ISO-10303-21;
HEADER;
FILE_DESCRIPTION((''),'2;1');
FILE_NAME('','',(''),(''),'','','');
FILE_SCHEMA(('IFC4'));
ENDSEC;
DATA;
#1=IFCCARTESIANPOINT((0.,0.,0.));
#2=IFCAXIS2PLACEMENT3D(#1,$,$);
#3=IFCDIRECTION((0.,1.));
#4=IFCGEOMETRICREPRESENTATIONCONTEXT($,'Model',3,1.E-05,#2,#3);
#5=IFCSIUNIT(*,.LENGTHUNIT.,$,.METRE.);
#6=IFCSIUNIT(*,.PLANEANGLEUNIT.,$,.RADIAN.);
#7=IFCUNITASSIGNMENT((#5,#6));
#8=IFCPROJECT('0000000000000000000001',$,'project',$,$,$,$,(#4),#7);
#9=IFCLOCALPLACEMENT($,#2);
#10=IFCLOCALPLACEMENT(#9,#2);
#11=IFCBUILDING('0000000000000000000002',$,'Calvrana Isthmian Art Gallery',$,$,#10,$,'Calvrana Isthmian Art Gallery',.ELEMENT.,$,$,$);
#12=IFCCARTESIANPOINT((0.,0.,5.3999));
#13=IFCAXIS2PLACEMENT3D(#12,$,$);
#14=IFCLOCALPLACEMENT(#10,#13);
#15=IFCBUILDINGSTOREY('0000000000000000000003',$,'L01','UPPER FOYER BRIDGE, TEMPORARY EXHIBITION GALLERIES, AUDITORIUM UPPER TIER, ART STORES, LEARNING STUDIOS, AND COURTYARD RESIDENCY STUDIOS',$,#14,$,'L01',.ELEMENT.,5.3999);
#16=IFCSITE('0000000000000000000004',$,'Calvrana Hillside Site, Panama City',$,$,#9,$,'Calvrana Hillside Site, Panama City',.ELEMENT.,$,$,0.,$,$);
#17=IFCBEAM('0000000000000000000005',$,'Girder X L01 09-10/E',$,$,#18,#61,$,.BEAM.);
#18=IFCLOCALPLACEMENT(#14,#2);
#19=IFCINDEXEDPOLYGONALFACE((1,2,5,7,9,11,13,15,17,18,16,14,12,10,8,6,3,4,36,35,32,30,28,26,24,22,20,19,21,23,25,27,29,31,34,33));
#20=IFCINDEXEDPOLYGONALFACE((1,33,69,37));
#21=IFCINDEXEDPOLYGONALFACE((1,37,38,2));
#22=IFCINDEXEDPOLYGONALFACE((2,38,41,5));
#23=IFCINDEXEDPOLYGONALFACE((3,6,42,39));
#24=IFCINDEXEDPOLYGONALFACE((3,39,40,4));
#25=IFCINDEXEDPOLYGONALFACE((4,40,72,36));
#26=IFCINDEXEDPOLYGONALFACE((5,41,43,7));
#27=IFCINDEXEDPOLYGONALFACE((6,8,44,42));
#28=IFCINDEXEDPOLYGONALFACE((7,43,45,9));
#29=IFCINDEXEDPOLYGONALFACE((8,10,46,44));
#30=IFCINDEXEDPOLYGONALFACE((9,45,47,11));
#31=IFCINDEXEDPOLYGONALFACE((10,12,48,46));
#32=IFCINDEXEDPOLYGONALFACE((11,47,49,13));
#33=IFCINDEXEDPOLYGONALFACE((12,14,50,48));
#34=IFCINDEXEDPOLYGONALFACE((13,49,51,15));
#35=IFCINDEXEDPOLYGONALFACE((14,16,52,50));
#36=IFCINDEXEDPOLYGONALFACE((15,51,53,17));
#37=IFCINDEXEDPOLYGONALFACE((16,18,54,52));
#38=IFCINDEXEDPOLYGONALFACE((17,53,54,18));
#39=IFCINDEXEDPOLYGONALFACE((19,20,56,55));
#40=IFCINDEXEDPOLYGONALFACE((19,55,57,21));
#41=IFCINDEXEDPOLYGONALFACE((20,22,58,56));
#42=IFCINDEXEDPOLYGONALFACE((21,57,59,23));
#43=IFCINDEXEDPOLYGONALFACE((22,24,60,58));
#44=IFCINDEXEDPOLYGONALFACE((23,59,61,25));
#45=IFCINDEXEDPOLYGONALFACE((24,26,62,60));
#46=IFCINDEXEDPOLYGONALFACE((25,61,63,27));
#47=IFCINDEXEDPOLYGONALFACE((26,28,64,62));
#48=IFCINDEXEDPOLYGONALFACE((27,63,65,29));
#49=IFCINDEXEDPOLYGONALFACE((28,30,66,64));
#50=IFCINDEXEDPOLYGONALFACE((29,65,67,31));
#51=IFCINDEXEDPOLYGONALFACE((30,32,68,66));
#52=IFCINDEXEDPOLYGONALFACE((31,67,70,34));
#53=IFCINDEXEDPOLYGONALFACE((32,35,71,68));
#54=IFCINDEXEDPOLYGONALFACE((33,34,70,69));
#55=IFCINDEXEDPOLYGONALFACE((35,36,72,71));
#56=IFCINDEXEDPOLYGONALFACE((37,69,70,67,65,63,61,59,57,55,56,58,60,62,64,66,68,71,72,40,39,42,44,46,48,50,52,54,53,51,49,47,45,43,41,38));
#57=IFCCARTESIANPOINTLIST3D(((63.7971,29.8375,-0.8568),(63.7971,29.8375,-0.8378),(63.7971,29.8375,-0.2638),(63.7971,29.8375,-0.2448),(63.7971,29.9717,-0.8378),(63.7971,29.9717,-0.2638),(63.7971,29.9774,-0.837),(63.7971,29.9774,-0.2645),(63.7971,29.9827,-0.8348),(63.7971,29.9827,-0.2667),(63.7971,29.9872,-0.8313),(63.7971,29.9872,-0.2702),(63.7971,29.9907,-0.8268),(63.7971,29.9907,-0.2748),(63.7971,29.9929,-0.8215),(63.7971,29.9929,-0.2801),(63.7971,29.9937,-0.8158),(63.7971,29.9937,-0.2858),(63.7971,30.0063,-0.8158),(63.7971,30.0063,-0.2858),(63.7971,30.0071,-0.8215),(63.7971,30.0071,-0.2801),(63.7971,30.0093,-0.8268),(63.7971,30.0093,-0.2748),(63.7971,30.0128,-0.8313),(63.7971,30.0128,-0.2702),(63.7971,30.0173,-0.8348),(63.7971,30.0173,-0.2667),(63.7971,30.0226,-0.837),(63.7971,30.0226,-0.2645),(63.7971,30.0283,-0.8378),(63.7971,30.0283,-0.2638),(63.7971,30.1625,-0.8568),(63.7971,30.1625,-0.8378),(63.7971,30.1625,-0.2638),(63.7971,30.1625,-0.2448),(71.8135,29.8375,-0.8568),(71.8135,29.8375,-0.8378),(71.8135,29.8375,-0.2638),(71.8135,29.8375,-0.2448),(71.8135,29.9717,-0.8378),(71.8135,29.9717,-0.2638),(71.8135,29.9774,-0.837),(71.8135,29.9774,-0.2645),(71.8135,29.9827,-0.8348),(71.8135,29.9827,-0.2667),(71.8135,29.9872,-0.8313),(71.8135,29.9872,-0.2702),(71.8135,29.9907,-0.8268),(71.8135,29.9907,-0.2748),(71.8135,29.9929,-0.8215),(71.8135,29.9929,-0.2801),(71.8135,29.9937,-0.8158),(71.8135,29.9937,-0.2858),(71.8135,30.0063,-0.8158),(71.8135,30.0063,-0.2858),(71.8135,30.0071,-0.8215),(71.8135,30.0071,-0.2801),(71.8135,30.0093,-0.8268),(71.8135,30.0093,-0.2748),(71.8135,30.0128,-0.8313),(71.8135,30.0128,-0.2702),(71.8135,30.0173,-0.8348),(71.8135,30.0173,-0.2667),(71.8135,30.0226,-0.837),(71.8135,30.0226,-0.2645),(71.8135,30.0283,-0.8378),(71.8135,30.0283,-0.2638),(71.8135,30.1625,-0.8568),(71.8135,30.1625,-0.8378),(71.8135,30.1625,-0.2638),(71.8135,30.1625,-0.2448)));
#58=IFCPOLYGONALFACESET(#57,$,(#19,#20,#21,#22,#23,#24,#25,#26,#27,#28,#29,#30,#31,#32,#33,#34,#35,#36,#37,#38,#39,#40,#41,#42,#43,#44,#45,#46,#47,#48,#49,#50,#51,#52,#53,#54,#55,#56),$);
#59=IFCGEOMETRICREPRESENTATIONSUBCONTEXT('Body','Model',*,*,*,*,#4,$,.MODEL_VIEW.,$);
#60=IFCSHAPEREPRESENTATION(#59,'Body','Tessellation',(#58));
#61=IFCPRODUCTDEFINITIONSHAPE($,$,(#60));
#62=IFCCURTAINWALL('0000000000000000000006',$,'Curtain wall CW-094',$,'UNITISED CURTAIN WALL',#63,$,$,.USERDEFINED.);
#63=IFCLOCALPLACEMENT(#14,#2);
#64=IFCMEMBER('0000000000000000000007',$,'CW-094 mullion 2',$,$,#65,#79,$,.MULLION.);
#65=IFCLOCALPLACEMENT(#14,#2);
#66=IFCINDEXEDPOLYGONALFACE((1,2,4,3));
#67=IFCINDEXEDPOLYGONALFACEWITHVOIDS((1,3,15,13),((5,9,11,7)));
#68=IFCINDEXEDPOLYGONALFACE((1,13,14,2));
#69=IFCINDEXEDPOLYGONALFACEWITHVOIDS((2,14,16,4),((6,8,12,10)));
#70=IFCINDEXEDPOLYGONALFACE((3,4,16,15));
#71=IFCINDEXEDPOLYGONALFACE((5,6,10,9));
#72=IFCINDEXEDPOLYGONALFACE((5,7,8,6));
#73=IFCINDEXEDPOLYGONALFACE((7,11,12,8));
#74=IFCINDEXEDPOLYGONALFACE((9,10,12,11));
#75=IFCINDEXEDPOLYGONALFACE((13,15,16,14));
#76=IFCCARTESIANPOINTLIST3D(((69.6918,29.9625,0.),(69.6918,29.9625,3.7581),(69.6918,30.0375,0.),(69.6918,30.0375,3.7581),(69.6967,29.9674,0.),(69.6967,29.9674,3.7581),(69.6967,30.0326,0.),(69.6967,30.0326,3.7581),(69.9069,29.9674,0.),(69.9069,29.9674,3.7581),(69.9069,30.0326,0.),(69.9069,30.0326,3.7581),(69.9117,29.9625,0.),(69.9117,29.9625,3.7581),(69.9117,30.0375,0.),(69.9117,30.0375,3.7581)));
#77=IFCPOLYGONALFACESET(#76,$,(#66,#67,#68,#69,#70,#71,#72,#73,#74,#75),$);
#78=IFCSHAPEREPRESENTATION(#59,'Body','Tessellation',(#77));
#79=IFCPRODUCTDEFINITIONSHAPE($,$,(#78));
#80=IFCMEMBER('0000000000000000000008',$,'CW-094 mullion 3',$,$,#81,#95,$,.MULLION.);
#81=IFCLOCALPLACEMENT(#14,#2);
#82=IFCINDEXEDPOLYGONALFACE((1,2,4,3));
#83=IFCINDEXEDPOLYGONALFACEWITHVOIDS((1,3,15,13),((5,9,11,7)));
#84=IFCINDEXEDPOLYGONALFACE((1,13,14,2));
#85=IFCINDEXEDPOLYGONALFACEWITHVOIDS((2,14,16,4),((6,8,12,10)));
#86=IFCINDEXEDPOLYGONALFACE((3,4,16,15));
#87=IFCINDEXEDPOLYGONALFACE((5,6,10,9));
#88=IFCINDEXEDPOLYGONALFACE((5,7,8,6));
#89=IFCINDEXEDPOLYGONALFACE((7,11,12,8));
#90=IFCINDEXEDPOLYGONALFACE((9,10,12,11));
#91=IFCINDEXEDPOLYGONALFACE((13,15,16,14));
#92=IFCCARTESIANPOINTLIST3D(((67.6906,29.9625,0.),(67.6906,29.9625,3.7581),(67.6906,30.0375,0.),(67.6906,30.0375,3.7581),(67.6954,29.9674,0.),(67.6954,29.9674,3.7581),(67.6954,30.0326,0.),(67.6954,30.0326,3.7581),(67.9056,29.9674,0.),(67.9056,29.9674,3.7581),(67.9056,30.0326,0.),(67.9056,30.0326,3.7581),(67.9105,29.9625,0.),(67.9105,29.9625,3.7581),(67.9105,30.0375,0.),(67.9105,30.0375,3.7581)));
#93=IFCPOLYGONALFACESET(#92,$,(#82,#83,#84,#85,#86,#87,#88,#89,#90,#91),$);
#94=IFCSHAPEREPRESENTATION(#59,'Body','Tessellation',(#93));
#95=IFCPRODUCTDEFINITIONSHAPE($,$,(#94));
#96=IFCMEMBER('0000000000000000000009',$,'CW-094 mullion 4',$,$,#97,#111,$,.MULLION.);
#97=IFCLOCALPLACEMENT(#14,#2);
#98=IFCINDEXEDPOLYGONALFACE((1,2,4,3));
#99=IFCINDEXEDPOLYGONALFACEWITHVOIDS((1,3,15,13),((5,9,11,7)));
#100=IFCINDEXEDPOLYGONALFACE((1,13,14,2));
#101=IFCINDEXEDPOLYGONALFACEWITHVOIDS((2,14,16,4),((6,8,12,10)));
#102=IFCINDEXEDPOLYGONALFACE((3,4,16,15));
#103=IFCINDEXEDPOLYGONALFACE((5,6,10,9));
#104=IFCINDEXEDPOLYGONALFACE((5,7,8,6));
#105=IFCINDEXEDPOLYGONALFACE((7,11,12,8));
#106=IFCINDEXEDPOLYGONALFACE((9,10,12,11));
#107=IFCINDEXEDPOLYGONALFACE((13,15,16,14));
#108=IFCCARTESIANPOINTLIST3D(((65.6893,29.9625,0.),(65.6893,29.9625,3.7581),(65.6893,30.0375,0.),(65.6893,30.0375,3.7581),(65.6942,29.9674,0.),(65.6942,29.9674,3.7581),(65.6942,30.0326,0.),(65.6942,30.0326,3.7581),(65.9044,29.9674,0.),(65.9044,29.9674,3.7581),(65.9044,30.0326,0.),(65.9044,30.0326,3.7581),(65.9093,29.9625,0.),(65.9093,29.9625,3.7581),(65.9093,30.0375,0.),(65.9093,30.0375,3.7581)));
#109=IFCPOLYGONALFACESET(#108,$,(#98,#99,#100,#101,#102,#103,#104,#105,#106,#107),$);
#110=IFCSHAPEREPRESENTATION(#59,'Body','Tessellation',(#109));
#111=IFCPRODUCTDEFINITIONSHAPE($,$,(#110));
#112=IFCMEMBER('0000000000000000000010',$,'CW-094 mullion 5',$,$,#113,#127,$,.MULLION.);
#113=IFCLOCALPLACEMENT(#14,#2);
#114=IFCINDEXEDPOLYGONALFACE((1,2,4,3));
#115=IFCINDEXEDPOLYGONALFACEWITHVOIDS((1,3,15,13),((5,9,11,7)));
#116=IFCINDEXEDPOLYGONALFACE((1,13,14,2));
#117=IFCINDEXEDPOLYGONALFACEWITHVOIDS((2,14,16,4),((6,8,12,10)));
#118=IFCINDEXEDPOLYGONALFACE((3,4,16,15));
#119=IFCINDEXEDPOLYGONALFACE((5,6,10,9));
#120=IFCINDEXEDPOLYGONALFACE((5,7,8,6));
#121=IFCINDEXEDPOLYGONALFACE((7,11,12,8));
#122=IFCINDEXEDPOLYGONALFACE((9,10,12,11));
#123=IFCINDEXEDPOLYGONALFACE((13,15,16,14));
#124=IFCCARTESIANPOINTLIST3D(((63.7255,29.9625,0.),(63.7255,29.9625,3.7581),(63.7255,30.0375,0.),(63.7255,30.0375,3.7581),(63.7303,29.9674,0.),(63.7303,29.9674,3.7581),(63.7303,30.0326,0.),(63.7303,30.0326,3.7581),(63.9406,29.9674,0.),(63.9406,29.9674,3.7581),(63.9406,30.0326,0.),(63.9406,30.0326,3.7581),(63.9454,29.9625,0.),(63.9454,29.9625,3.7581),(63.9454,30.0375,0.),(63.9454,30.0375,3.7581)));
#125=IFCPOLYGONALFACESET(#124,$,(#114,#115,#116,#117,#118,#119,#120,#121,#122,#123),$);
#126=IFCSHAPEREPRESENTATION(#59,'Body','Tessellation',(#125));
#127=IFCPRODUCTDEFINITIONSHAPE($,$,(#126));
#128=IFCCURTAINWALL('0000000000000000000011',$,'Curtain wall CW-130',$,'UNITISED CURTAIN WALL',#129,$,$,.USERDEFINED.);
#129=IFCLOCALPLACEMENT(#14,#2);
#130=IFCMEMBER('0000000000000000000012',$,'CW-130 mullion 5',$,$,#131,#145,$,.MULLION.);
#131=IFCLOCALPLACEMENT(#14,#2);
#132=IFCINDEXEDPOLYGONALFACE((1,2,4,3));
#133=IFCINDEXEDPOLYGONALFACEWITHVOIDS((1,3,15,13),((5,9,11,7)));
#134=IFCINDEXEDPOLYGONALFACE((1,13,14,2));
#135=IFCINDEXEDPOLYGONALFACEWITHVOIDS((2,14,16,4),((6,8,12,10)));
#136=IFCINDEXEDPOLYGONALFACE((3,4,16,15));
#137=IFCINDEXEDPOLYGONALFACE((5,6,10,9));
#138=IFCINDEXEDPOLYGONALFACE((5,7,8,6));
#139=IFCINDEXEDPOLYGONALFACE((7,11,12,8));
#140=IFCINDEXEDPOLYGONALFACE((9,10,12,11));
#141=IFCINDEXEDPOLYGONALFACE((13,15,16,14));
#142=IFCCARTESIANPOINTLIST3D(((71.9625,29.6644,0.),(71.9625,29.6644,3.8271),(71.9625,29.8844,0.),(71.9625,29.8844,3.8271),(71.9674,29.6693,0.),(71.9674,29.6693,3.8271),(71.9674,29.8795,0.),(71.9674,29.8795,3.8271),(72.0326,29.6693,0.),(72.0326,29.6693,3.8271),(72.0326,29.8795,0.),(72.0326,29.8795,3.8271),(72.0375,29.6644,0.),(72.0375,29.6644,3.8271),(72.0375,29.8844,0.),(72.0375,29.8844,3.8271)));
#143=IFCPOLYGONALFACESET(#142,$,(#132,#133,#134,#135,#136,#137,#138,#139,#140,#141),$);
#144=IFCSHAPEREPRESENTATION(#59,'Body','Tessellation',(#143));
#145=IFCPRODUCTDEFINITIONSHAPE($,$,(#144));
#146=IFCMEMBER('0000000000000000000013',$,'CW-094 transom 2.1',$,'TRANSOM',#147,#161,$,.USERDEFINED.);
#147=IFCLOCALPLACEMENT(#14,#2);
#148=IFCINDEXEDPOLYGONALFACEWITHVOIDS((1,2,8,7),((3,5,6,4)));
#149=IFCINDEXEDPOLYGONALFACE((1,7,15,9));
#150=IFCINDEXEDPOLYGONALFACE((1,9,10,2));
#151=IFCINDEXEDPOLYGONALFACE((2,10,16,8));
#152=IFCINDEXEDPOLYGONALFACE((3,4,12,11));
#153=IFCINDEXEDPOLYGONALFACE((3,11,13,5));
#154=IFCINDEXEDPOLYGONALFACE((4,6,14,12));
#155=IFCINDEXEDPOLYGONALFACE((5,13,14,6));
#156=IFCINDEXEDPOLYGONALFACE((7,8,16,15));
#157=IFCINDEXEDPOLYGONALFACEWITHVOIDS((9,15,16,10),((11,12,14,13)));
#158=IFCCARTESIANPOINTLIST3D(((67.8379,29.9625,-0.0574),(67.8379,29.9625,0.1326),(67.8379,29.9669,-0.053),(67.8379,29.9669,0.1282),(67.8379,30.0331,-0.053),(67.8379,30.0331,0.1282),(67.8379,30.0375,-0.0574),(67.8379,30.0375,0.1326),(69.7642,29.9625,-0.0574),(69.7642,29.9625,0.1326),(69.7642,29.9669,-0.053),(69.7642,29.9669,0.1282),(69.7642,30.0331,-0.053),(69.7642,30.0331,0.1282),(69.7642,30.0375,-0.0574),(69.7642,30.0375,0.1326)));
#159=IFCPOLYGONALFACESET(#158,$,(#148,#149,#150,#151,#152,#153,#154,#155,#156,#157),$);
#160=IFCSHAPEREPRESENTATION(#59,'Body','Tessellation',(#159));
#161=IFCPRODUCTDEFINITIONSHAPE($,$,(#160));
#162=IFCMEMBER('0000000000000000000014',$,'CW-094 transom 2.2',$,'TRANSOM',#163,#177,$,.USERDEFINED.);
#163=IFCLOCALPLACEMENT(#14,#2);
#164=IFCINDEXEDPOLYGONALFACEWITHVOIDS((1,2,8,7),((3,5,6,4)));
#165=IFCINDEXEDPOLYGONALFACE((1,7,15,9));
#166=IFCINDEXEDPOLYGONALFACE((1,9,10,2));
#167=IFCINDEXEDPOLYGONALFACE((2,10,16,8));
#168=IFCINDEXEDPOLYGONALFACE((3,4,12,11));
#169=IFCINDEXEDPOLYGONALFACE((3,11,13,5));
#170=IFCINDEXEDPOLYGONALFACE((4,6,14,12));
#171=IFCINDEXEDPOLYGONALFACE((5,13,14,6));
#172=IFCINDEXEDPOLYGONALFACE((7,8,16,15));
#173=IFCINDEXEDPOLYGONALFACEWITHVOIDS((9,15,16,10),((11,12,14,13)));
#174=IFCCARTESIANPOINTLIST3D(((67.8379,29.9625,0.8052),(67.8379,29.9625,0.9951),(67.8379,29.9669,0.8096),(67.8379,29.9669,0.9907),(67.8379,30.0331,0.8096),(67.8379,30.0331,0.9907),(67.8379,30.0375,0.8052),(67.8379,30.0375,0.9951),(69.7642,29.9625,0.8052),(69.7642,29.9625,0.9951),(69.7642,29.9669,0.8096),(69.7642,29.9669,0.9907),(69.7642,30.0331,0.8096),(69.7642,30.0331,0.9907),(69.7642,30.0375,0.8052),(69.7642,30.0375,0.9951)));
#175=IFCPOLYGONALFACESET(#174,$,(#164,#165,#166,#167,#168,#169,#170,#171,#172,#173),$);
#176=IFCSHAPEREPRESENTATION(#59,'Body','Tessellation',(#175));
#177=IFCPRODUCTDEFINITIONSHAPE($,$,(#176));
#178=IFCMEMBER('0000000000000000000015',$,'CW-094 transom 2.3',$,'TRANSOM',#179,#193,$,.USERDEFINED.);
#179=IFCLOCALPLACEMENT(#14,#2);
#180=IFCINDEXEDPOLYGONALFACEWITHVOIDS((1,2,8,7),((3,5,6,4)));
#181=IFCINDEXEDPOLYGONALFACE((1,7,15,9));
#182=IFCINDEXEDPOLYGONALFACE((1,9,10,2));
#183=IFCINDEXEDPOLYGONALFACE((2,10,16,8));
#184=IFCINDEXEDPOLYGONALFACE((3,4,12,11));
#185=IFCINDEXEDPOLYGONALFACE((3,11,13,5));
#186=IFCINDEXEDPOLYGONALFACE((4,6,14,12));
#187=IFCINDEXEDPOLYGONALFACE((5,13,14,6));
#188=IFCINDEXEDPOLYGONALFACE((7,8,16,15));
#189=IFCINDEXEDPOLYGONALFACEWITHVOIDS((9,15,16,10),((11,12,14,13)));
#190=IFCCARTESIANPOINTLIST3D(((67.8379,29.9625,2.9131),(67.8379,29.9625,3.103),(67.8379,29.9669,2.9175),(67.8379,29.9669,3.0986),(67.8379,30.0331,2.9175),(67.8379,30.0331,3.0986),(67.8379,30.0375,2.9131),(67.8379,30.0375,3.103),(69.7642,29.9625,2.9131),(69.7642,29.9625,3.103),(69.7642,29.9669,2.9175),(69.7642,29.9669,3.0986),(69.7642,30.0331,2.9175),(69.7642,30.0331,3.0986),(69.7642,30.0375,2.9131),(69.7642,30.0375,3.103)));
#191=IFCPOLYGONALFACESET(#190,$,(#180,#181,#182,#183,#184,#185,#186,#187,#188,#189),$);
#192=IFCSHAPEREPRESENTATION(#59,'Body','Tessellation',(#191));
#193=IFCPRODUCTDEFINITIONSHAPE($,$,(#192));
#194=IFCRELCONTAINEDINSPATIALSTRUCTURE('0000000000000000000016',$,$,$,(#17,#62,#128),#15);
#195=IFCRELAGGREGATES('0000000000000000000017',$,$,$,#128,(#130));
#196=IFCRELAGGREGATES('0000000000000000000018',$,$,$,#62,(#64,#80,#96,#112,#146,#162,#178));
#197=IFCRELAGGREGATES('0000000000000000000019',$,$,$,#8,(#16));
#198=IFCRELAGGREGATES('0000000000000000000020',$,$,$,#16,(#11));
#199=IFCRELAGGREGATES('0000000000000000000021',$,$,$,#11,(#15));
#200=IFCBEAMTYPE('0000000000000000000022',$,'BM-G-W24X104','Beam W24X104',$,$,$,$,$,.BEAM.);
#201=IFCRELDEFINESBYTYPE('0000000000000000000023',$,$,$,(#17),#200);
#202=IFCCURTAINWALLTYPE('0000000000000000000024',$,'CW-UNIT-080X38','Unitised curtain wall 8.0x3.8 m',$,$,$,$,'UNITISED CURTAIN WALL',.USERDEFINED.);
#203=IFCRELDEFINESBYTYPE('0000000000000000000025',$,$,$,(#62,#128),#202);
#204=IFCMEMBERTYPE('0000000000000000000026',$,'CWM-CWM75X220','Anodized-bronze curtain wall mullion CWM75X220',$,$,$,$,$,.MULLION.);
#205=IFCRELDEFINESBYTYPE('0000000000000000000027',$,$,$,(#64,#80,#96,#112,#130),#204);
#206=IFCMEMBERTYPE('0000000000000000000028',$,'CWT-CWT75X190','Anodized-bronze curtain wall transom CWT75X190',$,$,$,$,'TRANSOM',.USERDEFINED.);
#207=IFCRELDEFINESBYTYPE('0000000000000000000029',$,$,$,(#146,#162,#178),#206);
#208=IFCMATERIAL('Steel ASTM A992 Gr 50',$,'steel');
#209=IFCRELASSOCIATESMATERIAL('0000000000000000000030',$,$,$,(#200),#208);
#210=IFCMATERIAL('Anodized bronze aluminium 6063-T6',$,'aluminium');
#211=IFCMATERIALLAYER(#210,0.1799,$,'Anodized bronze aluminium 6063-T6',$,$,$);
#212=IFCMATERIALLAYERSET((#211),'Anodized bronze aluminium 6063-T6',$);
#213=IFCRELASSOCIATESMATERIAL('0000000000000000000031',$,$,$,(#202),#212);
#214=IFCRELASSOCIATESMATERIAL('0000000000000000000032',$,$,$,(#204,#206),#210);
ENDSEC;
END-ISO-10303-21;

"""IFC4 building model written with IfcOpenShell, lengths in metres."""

from ifc_helpers import new_model, si_unit, direction, frame, origin, origin_2d, place, context, subcontext, project, spatial, hollow_rectangle, i_section, extrude, material, layer, layer_set, material_profile, profile_set, type_object, element, aggregate, save


model = new_model("IFC4")

# Units and contexts
model_context = context("Model", 3, precision=1e-05, world=origin(), true_north=direction((0.0, 1.0)))
body_context = subcontext(model_context, "Body", "Model", "MODEL_VIEW")
ifc_project = project(units=[si_unit("LENGTHUNIT", "METRE"), si_unit("PLANEANGLEUNIT", "RADIAN")], contexts=[model_context])

# Site, building, storey
site_placement = place(None, origin())
site = spatial("IfcSite", under=ifc_project, at=site_placement, Name="Calvrana Hillside Site, Panama City", LongName="Calvrana Hillside Site, Panama City", CompositionType="ELEMENT", RefElevation=0.0)
building_placement = place(site_placement, origin())
building = spatial("IfcBuilding", under=site, at=building_placement, Name="Calvrana Isthmian Art Gallery", LongName="Calvrana Isthmian Art Gallery", CompositionType="ELEMENT")
storey_placement = place(building_placement, frame((0.0, 0.0, 5.3999)))
storey = spatial("IfcBuildingStorey", under=building, at=storey_placement, Name="L01", Description="UPPER FOYER BRIDGE, TEMPORARY EXHIBITION GALLERIES, AUDITORIUM UPPER TIER, ART STORES, LEARNING STUDIOS, AND COURTYARD RESIDENCY STUDIOS", LongName="L01", CompositionType="ELEMENT", Elevation=5.3999)

# Beam
ifc_material_1 = material(Name="Steel ASTM A992 Gr 50", Category="steel")
ifc_material_profile_1 = material_profile(ifc_material_1, i_section(OverallWidth=0.325, OverallDepth=0.6121, WebThickness=0.0127, FlangeThickness=0.019, FilletRadius=0.022, at=origin_2d()), Name="W24X104")
ifc_profile_set_1 = profile_set([ifc_material_profile_1], Name="Steel ASTM A992 Gr 50")
beam_type = type_object("IfcBeamType", Name="BM-G-W24X104", Description="Beam W24X104", PredefinedType="BEAM", material=ifc_profile_set_1)
beam_placement = place(storey_placement, frame((63.7971, 30.0, -0.5508), z_axis=(1.0, 0.0, 0.0), x_axis=(0.0, 1.0, 0.0)))
element("IfcBeam", 1, at=beam_placement, inside=storey, type_object=beam_type, Name="Girder X L01 09-10/E", PredefinedType="BEAM", context=body_context, shape_type="SweptSolid", body=[
    extrude(i_section(OverallWidth=0.325, OverallDepth=0.6121, WebThickness=0.0127, FlangeThickness=0.019, FilletRadius=0.022, at=origin_2d()), origin(), (0.0, 0.0, 1.0), 8.0164),
])

# Curtain wall, members
ifc_material_2 = material(Name="Anodized bronze aluminium 6063-T6", Category="aluminium")
ifc_layer_1 = layer(ifc_material_2, 0.1799, Name="Anodized bronze aluminium 6063-T6")
ifc_layer_set_1 = layer_set([ifc_layer_1], Name="Anodized bronze aluminium 6063-T6")
curtain_wall_type = type_object("IfcCurtainWallType", Name="CW-UNIT-080X38", Description="Unitised curtain wall 8.0x3.8 m", ElementType="UNITISED CURTAIN WALL", PredefinedType="USERDEFINED", material=ifc_layer_set_1)
curtain_wall_1_placement = place(storey_placement, origin())
curtain_wall_1 = element("IfcCurtainWall", 2, at=curtain_wall_1_placement, inside=storey, type_object=curtain_wall_type, Name="Curtain wall CW-094", ObjectType="UNITISED CURTAIN WALL", PredefinedType="USERDEFINED")
ifc_material_profile_2 = material_profile(ifc_material_2, hollow_rectangle(XDim=0.075, YDim=0.22, WallThickness=0.0049, at=origin_2d()), Name="CWM75X220")
ifc_profile_set_2 = profile_set([ifc_material_profile_2], Name="Anodized bronze aluminium 6063-T6")
member_type_1 = type_object("IfcMemberType", Name="CWM-CWM75X220", Description="Anodized-bronze curtain wall mullion CWM75X220", PredefinedType="MULLION", material=ifc_profile_set_2)
member_1_placement = place(storey_placement, frame((69.8018, 30.0, 0.0), z_axis=(0.0, 0.0, 1.0), x_axis=(0.0, -1.0, 0.0)))
member_1 = element("IfcMember", 3, at=member_1_placement, type_object=member_type_1, Name="CW-094 mullion 2", PredefinedType="MULLION", context=body_context, shape_type="SweptSolid", body=[
    extrude(hollow_rectangle(XDim=0.075, YDim=0.22, WallThickness=0.0049, at=origin_2d()), origin(), (0.0, 0.0, 1.0), 3.7581),
])
member_2_placement = place(storey_placement, frame((67.8005, 30.0, 0.0), z_axis=(0.0, 0.0, 1.0), x_axis=(0.0, -1.0, 0.0)))
member_2 = element("IfcMember", 4, at=member_2_placement, type_object=member_type_1, Name="CW-094 mullion 3", PredefinedType="MULLION", context=body_context, shape_type="SweptSolid", body=[
    extrude(hollow_rectangle(XDim=0.075, YDim=0.22, WallThickness=0.0049, at=origin_2d()), origin(), (0.0, 0.0, 1.0), 3.7581),
])
member_3_placement = place(storey_placement, frame((65.7993, 30.0, 0.0), z_axis=(0.0, 0.0, 1.0), x_axis=(0.0, -1.0, 0.0)))
member_3 = element("IfcMember", 5, at=member_3_placement, type_object=member_type_1, Name="CW-094 mullion 4", PredefinedType="MULLION", context=body_context, shape_type="SweptSolid", body=[
    extrude(hollow_rectangle(XDim=0.075, YDim=0.22, WallThickness=0.0049, at=origin_2d()), origin(), (0.0, 0.0, 1.0), 3.7581),
])
member_4_placement = place(storey_placement, frame((63.8354, 30.0, 0.0), z_axis=(0.0, 0.0, 1.0), x_axis=(0.0, -1.0, 0.0)))
member_4 = element("IfcMember", 6, at=member_4_placement, type_object=member_type_1, Name="CW-094 mullion 5", PredefinedType="MULLION", context=body_context, shape_type="SweptSolid", body=[
    extrude(hollow_rectangle(XDim=0.075, YDim=0.22, WallThickness=0.0049, at=origin_2d()), origin(), (0.0, 0.0, 1.0), 3.7581),
])

# Curtain wall, member
curtain_wall_2_placement = place(storey_placement, origin())
curtain_wall_2 = element("IfcCurtainWall", 7, at=curtain_wall_2_placement, inside=storey, type_object=curtain_wall_type, Name="Curtain wall CW-130", ObjectType="UNITISED CURTAIN WALL", PredefinedType="USERDEFINED")
member_5_placement = place(storey_placement, frame((72.0, 29.7744, 0.0), z_axis=(0.0, 0.0, 1.0), x_axis=(-1.0, 0.0, 0.0)))
member_5 = element("IfcMember", 8, at=member_5_placement, type_object=member_type_1, Name="CW-130 mullion 5", PredefinedType="MULLION", context=body_context, shape_type="SweptSolid", body=[
    extrude(hollow_rectangle(XDim=0.075, YDim=0.22, WallThickness=0.0049, at=origin_2d()), origin(), (0.0, 0.0, 1.0), 3.8271),
])

# Members
ifc_material_profile_3 = material_profile(ifc_material_2, hollow_rectangle(XDim=0.075, YDim=0.1899, WallThickness=0.0044, at=origin_2d()), Name="CWT75X190")
ifc_profile_set_3 = profile_set([ifc_material_profile_3], Name="Anodized bronze aluminium 6063-T6")
member_type_2 = type_object("IfcMemberType", Name="CWT-CWT75X190", Description="Anodized-bronze curtain wall transom CWT75X190", ElementType="TRANSOM", PredefinedType="USERDEFINED", material=ifc_profile_set_3)
member_6_placement = place(storey_placement, frame((69.7642, 30.0, 0.0376), z_axis=(-1.0, 0.0, 0.0), x_axis=(0.0, -1.0, 0.0)))
member_6 = element("IfcMember", 9, at=member_6_placement, type_object=member_type_2, Name="CW-094 transom 2.1", ObjectType="TRANSOM", PredefinedType="USERDEFINED", context=body_context, shape_type="SweptSolid", body=[
    extrude(hollow_rectangle(XDim=0.075, YDim=0.1899, WallThickness=0.0044, at=origin_2d()), origin(), (0.0, 0.0, 1.0), 1.9263),
])
member_7_placement = place(storey_placement, frame((69.7642, 30.0, 0.9001), z_axis=(-1.0, 0.0, 0.0), x_axis=(0.0, -1.0, 0.0)))
member_7 = element("IfcMember", 10, at=member_7_placement, type_object=member_type_2, Name="CW-094 transom 2.2", ObjectType="TRANSOM", PredefinedType="USERDEFINED", context=body_context, shape_type="SweptSolid", body=[
    extrude(hollow_rectangle(XDim=0.075, YDim=0.1899, WallThickness=0.0044, at=origin_2d()), origin(), (0.0, 0.0, 1.0), 1.9263),
])
member_8_placement = place(storey_placement, frame((69.7642, 30.0, 3.0081), z_axis=(-1.0, 0.0, 0.0), x_axis=(0.0, -1.0, 0.0)))
member_8 = element("IfcMember", 11, at=member_8_placement, type_object=member_type_2, Name="CW-094 transom 2.3", ObjectType="TRANSOM", PredefinedType="USERDEFINED", context=body_context, shape_type="SweptSolid", body=[
    extrude(hollow_rectangle(XDim=0.075, YDim=0.1899, WallThickness=0.0044, at=origin_2d()), origin(), (0.0, 0.0, 1.0), 1.9263),
])

aggregate(curtain_wall_2, [member_5])
aggregate(curtain_wall_1, [member_1, member_2, member_3, member_4, member_6, member_7, member_8])

save(model, "model.ifc")
